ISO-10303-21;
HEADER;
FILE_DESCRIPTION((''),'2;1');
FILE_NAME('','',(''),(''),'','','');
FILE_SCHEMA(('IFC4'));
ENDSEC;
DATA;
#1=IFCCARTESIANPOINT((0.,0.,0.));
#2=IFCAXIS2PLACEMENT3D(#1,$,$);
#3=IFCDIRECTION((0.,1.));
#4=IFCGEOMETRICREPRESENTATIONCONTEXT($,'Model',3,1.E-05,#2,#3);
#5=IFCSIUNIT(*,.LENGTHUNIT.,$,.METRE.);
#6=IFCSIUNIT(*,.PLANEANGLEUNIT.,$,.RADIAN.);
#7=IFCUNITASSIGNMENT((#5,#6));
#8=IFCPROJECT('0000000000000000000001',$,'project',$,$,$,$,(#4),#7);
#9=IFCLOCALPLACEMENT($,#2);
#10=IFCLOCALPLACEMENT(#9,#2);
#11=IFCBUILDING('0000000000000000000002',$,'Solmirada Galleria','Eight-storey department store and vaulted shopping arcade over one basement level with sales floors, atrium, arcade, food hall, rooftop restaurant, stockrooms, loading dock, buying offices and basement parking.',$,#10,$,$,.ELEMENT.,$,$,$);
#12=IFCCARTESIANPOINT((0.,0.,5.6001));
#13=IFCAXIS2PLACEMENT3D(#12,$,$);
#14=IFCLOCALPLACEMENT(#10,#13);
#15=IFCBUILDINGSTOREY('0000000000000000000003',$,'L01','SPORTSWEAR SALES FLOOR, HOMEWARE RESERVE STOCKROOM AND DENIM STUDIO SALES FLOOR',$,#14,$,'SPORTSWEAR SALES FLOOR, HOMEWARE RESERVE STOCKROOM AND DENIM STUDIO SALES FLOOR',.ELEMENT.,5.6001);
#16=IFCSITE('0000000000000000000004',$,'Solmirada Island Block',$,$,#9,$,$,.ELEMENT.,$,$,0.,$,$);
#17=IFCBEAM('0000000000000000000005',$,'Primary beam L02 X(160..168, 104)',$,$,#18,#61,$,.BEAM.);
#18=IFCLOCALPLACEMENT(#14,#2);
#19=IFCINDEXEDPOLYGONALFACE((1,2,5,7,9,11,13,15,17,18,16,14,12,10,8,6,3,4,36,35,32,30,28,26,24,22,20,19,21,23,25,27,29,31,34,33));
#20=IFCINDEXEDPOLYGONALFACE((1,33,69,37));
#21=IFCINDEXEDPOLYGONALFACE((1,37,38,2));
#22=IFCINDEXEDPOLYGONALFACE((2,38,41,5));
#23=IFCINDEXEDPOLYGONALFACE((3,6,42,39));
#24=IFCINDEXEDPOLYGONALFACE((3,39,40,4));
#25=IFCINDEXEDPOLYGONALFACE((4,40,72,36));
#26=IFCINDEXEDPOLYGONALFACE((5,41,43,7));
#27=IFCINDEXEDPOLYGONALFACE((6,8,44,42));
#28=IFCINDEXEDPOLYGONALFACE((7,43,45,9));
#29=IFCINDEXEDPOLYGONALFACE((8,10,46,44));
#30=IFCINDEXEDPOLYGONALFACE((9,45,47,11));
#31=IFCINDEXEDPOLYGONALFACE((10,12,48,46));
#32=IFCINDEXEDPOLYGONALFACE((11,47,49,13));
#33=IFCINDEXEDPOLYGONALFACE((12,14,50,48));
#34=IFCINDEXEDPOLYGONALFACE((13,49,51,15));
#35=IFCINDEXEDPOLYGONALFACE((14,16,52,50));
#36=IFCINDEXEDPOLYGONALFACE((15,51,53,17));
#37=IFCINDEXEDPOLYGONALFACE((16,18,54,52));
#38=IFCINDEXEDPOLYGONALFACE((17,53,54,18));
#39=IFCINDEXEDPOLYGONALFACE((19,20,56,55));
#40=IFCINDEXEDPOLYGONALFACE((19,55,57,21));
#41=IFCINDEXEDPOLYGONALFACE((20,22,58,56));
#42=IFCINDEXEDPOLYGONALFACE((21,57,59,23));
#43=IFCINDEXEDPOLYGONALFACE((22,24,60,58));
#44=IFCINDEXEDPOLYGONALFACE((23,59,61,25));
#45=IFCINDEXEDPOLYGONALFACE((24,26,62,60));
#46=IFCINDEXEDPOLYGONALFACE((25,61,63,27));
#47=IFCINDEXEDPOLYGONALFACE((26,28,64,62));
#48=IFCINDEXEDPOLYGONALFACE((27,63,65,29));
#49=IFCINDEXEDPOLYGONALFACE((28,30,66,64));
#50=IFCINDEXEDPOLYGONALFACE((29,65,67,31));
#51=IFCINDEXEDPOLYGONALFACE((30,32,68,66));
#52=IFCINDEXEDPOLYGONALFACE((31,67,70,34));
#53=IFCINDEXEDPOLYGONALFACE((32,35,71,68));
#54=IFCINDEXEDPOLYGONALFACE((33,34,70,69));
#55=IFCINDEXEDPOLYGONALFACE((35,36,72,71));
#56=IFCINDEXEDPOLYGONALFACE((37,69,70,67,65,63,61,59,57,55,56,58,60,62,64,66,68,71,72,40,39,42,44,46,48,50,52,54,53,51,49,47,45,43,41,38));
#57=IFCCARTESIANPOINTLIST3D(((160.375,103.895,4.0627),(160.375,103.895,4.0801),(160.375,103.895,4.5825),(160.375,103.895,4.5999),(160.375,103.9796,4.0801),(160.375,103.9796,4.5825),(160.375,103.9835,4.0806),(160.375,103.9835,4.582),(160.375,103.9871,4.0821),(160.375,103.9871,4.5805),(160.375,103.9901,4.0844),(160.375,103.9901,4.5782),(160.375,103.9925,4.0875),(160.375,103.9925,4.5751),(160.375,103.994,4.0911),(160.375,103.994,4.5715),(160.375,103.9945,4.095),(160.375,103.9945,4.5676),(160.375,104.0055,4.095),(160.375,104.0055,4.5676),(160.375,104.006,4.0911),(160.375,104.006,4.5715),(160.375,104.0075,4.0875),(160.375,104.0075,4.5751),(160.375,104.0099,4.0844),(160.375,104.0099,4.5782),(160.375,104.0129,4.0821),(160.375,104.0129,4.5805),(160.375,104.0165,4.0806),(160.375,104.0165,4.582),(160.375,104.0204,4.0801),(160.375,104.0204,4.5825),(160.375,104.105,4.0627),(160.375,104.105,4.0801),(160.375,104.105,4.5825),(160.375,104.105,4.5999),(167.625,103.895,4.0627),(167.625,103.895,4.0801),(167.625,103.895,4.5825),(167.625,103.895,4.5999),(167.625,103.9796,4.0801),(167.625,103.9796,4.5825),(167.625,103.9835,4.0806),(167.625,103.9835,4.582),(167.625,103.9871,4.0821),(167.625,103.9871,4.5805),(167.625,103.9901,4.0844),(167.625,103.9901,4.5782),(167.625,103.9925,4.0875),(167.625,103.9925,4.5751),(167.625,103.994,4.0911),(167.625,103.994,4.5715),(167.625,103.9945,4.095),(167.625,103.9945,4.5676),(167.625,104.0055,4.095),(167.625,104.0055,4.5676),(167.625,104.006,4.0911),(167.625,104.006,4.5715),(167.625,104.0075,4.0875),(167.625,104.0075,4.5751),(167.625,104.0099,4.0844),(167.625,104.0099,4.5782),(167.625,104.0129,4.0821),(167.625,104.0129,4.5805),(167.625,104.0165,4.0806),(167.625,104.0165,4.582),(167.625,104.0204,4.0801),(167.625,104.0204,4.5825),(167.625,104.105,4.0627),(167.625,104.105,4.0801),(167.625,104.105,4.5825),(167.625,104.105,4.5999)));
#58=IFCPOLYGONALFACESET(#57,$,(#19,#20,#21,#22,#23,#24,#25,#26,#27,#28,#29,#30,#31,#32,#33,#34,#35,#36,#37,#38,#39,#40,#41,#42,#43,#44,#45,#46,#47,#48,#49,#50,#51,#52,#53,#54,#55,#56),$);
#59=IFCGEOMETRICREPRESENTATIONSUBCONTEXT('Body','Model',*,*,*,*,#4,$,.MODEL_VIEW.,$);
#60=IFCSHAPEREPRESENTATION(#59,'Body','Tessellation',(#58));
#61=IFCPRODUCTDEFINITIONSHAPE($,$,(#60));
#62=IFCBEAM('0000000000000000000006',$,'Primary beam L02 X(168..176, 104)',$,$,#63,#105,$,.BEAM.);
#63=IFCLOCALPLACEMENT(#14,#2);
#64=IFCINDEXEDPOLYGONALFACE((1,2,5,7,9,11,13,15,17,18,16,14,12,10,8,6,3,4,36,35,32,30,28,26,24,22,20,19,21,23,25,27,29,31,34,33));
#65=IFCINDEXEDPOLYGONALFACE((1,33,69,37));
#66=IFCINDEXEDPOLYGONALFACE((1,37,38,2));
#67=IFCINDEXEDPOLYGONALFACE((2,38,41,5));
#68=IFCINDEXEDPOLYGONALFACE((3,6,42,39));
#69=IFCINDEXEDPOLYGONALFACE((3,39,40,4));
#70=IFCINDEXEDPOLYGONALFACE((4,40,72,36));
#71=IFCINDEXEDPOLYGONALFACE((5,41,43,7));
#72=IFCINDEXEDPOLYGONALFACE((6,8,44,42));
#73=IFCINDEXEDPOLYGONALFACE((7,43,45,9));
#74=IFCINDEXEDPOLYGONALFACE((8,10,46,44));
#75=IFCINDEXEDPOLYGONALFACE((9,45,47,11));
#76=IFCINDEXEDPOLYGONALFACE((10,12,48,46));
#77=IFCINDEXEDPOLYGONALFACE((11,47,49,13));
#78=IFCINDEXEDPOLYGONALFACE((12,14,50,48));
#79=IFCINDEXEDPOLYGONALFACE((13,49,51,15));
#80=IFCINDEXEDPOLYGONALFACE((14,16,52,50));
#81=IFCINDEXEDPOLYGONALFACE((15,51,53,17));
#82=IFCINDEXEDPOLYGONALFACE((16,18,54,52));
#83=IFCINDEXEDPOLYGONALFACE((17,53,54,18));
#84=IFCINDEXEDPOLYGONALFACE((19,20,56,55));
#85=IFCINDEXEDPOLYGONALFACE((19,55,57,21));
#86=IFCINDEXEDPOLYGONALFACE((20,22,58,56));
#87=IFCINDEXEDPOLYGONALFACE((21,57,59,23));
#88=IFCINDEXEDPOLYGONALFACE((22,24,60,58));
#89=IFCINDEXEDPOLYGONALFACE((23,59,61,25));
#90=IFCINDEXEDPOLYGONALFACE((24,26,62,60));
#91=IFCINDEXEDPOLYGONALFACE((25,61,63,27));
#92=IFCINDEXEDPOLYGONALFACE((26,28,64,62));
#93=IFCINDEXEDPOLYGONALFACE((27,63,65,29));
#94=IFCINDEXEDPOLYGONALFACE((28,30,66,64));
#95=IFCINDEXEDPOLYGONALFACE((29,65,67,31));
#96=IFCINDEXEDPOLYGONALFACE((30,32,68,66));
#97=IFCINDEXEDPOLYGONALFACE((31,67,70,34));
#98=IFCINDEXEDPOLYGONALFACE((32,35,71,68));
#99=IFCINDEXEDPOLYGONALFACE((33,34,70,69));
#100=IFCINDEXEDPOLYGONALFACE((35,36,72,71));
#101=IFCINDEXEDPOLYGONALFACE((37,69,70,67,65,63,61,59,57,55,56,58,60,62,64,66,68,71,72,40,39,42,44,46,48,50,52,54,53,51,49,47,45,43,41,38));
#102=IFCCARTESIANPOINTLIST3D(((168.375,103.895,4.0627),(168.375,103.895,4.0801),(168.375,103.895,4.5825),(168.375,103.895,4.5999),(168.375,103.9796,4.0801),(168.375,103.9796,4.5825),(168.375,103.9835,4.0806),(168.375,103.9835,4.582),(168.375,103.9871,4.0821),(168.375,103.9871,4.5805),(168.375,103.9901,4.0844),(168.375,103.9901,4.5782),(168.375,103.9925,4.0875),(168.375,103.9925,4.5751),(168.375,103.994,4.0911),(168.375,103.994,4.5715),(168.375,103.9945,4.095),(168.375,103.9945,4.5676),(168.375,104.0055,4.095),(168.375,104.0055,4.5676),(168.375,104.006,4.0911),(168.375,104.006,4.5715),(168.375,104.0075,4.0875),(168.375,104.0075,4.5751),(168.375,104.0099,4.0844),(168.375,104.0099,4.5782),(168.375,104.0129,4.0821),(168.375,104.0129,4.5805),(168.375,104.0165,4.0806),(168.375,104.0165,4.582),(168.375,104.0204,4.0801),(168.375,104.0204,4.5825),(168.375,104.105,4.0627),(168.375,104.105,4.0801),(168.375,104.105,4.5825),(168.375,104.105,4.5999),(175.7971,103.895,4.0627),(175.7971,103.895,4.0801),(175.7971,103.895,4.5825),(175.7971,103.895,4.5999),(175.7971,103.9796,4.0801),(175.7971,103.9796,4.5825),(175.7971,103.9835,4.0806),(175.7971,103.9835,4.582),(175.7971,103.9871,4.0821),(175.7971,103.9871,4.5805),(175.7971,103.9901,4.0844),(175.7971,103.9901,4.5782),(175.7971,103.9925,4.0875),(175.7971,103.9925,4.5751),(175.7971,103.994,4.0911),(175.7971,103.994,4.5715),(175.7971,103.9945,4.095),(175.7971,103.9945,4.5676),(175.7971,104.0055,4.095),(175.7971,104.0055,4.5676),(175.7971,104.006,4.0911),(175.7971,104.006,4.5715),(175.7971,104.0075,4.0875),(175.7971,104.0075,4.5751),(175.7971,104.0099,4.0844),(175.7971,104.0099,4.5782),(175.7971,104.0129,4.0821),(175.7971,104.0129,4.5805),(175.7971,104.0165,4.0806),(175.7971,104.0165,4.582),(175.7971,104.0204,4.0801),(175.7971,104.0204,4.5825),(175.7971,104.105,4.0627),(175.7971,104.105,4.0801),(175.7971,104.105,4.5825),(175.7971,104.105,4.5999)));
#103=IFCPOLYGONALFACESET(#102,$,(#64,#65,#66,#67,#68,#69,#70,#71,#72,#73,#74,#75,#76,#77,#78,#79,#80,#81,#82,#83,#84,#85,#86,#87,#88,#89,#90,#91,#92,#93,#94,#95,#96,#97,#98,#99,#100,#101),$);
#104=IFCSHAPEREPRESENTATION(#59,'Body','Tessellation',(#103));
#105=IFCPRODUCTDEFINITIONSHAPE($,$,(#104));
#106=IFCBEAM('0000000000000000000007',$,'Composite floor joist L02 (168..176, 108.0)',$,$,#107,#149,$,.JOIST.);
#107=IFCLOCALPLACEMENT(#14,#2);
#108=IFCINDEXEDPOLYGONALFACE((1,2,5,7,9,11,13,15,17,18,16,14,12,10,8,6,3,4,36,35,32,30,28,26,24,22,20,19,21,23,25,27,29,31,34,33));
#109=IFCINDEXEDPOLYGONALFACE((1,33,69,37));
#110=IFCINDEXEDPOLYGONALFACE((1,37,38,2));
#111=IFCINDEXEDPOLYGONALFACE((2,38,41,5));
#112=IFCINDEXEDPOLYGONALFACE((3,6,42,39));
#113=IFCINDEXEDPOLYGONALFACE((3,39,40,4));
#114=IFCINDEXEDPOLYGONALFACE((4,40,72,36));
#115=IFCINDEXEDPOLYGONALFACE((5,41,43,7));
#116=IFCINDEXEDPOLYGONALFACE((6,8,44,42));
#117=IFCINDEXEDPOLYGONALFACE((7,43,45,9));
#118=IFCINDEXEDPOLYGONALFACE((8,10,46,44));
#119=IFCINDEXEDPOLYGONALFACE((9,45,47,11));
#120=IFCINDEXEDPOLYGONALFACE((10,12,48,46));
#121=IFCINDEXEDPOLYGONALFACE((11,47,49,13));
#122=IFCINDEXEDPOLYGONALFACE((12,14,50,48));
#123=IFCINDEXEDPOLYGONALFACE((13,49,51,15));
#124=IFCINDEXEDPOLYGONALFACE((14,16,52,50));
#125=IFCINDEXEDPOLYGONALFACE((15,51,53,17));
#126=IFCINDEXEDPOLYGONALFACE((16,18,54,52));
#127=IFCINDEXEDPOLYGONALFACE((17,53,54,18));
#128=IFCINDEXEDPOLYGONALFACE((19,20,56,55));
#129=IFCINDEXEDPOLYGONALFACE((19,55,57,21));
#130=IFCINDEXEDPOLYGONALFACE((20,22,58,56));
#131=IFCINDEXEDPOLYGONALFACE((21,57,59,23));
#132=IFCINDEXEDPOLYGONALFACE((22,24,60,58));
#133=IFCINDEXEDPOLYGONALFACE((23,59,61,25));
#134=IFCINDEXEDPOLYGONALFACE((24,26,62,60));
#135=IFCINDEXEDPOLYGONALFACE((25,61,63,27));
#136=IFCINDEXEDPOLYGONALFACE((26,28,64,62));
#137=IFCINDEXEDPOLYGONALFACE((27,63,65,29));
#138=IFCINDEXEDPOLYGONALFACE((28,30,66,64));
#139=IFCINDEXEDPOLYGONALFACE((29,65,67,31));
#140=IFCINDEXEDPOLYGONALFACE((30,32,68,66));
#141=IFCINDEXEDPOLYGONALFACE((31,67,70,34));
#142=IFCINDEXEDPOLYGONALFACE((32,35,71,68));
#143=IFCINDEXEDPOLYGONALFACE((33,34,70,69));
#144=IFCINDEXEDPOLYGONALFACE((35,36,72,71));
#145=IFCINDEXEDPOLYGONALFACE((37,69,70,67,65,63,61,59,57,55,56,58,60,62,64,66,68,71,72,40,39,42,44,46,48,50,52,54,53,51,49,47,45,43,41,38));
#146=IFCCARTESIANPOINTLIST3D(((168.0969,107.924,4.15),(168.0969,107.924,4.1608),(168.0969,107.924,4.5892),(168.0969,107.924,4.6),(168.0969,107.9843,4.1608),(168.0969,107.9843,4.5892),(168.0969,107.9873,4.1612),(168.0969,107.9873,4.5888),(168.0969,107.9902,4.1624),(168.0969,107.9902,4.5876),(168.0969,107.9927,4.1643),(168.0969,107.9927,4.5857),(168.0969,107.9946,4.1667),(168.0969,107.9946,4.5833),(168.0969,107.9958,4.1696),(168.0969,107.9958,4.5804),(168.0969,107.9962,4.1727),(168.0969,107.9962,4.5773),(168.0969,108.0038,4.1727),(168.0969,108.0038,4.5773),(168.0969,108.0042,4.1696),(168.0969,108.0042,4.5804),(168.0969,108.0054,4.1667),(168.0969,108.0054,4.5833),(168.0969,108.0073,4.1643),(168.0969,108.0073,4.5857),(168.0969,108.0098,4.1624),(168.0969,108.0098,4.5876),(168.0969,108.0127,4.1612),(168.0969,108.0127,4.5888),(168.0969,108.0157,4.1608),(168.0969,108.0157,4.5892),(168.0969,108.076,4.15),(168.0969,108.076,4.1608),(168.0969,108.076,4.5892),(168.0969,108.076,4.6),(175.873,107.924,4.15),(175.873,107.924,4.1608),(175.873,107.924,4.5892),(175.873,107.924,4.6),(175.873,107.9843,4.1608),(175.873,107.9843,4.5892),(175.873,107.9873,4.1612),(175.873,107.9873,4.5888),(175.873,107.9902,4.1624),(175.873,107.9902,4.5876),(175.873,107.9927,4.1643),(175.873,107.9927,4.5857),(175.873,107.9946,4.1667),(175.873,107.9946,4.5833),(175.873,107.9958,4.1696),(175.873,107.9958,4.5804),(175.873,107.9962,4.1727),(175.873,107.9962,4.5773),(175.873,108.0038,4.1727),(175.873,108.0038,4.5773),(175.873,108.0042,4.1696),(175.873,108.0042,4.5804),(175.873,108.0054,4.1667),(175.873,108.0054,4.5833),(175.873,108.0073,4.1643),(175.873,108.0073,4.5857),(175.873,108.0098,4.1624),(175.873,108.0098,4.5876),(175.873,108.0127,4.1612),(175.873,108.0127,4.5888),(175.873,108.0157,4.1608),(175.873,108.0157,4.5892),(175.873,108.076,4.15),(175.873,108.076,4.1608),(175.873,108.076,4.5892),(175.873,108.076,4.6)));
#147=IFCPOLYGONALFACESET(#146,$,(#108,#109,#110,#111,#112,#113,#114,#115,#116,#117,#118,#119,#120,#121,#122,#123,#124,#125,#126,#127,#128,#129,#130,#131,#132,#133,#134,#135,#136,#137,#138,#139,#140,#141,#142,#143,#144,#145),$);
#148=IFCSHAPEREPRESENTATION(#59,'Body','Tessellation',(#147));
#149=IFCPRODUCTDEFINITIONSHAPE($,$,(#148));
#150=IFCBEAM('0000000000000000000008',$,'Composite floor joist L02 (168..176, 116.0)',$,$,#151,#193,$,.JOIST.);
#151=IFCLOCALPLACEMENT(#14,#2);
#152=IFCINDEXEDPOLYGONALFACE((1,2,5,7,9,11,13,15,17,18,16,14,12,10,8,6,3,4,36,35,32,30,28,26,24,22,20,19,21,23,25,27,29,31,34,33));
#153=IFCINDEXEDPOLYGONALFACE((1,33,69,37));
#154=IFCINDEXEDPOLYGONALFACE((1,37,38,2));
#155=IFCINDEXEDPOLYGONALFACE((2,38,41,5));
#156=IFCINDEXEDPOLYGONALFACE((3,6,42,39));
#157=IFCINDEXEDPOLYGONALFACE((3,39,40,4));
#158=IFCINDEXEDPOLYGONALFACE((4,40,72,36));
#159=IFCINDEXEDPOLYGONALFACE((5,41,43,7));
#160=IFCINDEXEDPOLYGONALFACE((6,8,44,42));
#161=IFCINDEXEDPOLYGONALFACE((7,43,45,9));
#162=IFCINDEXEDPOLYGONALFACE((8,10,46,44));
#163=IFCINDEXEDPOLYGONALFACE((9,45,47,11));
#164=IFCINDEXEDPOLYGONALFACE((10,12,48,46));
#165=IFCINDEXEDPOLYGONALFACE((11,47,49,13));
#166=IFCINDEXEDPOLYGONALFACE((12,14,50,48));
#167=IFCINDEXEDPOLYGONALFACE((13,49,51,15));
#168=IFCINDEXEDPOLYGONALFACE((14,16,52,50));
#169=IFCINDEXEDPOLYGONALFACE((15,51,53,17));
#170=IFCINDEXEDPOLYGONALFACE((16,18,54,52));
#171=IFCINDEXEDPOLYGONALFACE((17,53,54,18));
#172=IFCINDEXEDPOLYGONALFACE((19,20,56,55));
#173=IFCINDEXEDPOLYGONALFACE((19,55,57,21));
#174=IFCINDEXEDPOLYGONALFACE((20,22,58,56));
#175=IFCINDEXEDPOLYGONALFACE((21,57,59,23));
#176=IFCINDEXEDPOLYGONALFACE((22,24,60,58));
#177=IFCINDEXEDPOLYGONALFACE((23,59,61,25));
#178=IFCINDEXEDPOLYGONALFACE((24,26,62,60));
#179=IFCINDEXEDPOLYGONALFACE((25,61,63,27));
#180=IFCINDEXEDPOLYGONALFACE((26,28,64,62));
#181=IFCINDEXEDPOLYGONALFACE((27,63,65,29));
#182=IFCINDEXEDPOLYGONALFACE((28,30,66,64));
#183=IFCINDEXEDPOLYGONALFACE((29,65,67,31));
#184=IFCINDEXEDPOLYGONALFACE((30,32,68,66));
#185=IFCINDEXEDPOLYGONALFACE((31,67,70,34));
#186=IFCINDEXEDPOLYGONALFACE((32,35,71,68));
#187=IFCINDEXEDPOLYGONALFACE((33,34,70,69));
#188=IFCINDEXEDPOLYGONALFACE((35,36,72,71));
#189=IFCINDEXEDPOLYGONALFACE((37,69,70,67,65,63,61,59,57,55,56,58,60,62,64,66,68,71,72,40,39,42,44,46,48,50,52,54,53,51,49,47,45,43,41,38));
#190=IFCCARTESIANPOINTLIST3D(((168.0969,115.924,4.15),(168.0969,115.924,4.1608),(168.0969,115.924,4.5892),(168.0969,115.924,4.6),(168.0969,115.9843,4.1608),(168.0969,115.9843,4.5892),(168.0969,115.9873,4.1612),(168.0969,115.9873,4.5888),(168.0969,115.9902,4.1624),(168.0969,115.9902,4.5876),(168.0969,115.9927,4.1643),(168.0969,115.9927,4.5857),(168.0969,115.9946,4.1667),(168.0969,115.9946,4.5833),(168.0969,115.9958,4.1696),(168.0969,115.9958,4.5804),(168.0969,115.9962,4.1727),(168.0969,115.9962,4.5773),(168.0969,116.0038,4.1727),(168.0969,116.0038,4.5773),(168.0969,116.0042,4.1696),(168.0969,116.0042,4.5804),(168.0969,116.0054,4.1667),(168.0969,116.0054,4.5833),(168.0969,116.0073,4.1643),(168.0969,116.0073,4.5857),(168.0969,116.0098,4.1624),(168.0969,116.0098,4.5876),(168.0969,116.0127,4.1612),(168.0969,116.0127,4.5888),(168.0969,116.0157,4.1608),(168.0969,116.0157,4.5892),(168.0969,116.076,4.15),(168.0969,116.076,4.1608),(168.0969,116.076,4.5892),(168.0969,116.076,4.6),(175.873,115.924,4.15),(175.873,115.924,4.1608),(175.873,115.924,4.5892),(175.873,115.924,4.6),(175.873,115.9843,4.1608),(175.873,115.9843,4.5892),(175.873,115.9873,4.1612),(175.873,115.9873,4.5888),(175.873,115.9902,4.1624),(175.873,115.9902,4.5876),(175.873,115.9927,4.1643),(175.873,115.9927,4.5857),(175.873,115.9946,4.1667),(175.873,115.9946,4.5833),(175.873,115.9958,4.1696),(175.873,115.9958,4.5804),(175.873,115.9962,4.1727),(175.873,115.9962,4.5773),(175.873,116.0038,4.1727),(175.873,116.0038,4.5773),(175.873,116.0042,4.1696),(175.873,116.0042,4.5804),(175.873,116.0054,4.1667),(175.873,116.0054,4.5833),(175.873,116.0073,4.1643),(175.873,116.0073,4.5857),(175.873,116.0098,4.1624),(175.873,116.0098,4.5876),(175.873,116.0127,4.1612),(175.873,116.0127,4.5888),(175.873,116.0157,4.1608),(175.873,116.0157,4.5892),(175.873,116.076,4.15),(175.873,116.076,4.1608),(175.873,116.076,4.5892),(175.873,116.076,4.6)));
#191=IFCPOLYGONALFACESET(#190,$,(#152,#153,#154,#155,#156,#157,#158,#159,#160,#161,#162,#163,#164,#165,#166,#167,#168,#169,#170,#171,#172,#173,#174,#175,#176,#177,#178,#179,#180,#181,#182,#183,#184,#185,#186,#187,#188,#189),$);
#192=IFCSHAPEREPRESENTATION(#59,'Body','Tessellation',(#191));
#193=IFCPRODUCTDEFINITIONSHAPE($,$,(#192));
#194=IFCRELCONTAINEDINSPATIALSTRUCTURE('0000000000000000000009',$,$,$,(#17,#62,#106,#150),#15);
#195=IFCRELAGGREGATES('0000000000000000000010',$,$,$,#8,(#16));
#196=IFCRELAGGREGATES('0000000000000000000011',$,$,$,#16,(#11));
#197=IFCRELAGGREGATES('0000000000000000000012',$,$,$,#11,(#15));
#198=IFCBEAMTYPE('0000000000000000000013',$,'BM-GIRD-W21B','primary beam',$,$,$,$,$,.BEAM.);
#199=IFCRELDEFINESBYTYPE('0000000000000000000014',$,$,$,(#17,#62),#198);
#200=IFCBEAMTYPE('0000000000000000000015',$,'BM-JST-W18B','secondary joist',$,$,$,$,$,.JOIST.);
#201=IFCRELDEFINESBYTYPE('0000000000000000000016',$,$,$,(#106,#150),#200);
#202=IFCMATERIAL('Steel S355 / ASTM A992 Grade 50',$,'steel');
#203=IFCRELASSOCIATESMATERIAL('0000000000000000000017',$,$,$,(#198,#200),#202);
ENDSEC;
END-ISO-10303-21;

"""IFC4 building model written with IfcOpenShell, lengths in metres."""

from ifc_helpers import new_model, si_unit, direction, frame, origin, origin_2d, place, context, subcontext, project, spatial, i_section, extrude, material, material_profile, profile_set, type_object, element, save


model = new_model("IFC4")

# Units and contexts
model_context = context("Model", 3, precision=1e-05, world=origin(), true_north=direction((0.0, 1.0)))
body_context = subcontext(model_context, "Body", "Model", "MODEL_VIEW")
ifc_project = project(units=[si_unit("LENGTHUNIT", "METRE"), si_unit("PLANEANGLEUNIT", "RADIAN")], contexts=[model_context])

# Site, building, storey
site_placement = place(None, origin())
site = spatial("IfcSite", under=ifc_project, at=site_placement, Name="Solmirada Island Block", CompositionType="ELEMENT", RefElevation=0.0)
building_placement = place(site_placement, origin())
building = spatial("IfcBuilding", under=site, at=building_placement, Name="Solmirada Galleria", Description="Eight-storey department store and vaulted shopping arcade over one basement level with sales floors, atrium, arcade, food hall, rooftop restaurant, stockrooms, loading dock, buying offices and basement parking.", CompositionType="ELEMENT")
storey_placement = place(building_placement, frame((0.0, 0.0, 5.6001)))
storey = spatial("IfcBuildingStorey", under=building, at=storey_placement, Name="L01", Description="SPORTSWEAR SALES FLOOR, HOMEWARE RESERVE STOCKROOM AND DENIM STUDIO SALES FLOOR", LongName="SPORTSWEAR SALES FLOOR, HOMEWARE RESERVE STOCKROOM AND DENIM STUDIO SALES FLOOR", CompositionType="ELEMENT", Elevation=5.6001)

# Beams
ifc_material_1 = material(Name="Steel S355 / ASTM A992 Grade 50", Category="steel")
ifc_material_profile_1 = material_profile(ifc_material_1, i_section(OverallWidth=0.21, OverallDepth=0.5371, WebThickness=0.011, FlangeThickness=0.0173, FilletRadius=0.0149, at=origin_2d()), Name="W21X68")
ifc_profile_set_1 = profile_set([ifc_material_profile_1], Name="Steel S355 / ASTM A992 Grade 50")
beam_type_1 = type_object("IfcBeamType", Name="BM-GIRD-W21B", Description="primary beam", PredefinedType="BEAM", material=ifc_profile_set_1)
beam_1_placement = place(storey_placement, frame((160.375, 104.0, 4.3313), z_axis=(1.0, 0.0, 0.0), x_axis=(0.0, 1.0, 0.0)))
element("IfcBeam", 1, at=beam_1_placement, inside=storey, type_object=beam_type_1, Name="Primary beam L02 X(160..168, 104)", PredefinedType="BEAM", context=body_context, shape_type="SweptSolid", body=[
    extrude(i_section(OverallWidth=0.21, OverallDepth=0.5371, WebThickness=0.011, FlangeThickness=0.0173, FilletRadius=0.0149, at=origin_2d()), origin(), (0.0, 0.0, 1.0), 7.25),
])
beam_2_placement = place(storey_placement, frame((168.375, 104.0, 4.3313), z_axis=(1.0, 0.0, 0.0), x_axis=(0.0, 1.0, 0.0)))
element("IfcBeam", 2, at=beam_2_placement, inside=storey, type_object=beam_type_1, Name="Primary beam L02 X(168..176, 104)", PredefinedType="BEAM", context=body_context, shape_type="SweptSolid", body=[
    extrude(i_section(OverallWidth=0.21, OverallDepth=0.5371, WebThickness=0.011, FlangeThickness=0.0173, FilletRadius=0.0149, at=origin_2d()), origin(), (0.0, 0.0, 1.0), 7.4221),
])
ifc_material_profile_2 = material_profile(ifc_material_1, i_section(OverallWidth=0.1521, OverallDepth=0.45, WebThickness=0.0076, FlangeThickness=0.0107, FilletRadius=0.012, at=origin_2d()), Name="W18X35")
ifc_profile_set_2 = profile_set([ifc_material_profile_2], Name="Steel S355 / ASTM A992 Grade 50")
beam_type_2 = type_object("IfcBeamType", Name="BM-JST-W18B", Description="secondary joist", PredefinedType="JOIST", material=ifc_profile_set_2)
for number, where, z_axis, x_axis, name in (
    (3, (168.0969, 108.0, 4.375), (1.0, 0.0, 0.0), (0.0, 1.0, 0.0), "Composite floor joist L02 (168..176, 108.0)"),
    (4, (168.0969, 116.0, 4.375), (1.0, 0.0, 0.0), (0.0, 1.0, 0.0), "Composite floor joist L02 (168..176, 116.0)"),
):
    element("IfcBeam", number, at=place(storey_placement, frame(where, z_axis=z_axis, x_axis=x_axis)), inside=storey, type_object=beam_type_2, Name=name, PredefinedType="JOIST", context=body_context, shape_type="SweptSolid", body=[
        extrude(i_section(OverallWidth=0.1521, OverallDepth=0.45, WebThickness=0.0076, FlangeThickness=0.0107, FilletRadius=0.012, at=origin_2d()), origin(), (0.0, 0.0, 1.0), 7.7761),
    ])

save(model, "model.ifc")
